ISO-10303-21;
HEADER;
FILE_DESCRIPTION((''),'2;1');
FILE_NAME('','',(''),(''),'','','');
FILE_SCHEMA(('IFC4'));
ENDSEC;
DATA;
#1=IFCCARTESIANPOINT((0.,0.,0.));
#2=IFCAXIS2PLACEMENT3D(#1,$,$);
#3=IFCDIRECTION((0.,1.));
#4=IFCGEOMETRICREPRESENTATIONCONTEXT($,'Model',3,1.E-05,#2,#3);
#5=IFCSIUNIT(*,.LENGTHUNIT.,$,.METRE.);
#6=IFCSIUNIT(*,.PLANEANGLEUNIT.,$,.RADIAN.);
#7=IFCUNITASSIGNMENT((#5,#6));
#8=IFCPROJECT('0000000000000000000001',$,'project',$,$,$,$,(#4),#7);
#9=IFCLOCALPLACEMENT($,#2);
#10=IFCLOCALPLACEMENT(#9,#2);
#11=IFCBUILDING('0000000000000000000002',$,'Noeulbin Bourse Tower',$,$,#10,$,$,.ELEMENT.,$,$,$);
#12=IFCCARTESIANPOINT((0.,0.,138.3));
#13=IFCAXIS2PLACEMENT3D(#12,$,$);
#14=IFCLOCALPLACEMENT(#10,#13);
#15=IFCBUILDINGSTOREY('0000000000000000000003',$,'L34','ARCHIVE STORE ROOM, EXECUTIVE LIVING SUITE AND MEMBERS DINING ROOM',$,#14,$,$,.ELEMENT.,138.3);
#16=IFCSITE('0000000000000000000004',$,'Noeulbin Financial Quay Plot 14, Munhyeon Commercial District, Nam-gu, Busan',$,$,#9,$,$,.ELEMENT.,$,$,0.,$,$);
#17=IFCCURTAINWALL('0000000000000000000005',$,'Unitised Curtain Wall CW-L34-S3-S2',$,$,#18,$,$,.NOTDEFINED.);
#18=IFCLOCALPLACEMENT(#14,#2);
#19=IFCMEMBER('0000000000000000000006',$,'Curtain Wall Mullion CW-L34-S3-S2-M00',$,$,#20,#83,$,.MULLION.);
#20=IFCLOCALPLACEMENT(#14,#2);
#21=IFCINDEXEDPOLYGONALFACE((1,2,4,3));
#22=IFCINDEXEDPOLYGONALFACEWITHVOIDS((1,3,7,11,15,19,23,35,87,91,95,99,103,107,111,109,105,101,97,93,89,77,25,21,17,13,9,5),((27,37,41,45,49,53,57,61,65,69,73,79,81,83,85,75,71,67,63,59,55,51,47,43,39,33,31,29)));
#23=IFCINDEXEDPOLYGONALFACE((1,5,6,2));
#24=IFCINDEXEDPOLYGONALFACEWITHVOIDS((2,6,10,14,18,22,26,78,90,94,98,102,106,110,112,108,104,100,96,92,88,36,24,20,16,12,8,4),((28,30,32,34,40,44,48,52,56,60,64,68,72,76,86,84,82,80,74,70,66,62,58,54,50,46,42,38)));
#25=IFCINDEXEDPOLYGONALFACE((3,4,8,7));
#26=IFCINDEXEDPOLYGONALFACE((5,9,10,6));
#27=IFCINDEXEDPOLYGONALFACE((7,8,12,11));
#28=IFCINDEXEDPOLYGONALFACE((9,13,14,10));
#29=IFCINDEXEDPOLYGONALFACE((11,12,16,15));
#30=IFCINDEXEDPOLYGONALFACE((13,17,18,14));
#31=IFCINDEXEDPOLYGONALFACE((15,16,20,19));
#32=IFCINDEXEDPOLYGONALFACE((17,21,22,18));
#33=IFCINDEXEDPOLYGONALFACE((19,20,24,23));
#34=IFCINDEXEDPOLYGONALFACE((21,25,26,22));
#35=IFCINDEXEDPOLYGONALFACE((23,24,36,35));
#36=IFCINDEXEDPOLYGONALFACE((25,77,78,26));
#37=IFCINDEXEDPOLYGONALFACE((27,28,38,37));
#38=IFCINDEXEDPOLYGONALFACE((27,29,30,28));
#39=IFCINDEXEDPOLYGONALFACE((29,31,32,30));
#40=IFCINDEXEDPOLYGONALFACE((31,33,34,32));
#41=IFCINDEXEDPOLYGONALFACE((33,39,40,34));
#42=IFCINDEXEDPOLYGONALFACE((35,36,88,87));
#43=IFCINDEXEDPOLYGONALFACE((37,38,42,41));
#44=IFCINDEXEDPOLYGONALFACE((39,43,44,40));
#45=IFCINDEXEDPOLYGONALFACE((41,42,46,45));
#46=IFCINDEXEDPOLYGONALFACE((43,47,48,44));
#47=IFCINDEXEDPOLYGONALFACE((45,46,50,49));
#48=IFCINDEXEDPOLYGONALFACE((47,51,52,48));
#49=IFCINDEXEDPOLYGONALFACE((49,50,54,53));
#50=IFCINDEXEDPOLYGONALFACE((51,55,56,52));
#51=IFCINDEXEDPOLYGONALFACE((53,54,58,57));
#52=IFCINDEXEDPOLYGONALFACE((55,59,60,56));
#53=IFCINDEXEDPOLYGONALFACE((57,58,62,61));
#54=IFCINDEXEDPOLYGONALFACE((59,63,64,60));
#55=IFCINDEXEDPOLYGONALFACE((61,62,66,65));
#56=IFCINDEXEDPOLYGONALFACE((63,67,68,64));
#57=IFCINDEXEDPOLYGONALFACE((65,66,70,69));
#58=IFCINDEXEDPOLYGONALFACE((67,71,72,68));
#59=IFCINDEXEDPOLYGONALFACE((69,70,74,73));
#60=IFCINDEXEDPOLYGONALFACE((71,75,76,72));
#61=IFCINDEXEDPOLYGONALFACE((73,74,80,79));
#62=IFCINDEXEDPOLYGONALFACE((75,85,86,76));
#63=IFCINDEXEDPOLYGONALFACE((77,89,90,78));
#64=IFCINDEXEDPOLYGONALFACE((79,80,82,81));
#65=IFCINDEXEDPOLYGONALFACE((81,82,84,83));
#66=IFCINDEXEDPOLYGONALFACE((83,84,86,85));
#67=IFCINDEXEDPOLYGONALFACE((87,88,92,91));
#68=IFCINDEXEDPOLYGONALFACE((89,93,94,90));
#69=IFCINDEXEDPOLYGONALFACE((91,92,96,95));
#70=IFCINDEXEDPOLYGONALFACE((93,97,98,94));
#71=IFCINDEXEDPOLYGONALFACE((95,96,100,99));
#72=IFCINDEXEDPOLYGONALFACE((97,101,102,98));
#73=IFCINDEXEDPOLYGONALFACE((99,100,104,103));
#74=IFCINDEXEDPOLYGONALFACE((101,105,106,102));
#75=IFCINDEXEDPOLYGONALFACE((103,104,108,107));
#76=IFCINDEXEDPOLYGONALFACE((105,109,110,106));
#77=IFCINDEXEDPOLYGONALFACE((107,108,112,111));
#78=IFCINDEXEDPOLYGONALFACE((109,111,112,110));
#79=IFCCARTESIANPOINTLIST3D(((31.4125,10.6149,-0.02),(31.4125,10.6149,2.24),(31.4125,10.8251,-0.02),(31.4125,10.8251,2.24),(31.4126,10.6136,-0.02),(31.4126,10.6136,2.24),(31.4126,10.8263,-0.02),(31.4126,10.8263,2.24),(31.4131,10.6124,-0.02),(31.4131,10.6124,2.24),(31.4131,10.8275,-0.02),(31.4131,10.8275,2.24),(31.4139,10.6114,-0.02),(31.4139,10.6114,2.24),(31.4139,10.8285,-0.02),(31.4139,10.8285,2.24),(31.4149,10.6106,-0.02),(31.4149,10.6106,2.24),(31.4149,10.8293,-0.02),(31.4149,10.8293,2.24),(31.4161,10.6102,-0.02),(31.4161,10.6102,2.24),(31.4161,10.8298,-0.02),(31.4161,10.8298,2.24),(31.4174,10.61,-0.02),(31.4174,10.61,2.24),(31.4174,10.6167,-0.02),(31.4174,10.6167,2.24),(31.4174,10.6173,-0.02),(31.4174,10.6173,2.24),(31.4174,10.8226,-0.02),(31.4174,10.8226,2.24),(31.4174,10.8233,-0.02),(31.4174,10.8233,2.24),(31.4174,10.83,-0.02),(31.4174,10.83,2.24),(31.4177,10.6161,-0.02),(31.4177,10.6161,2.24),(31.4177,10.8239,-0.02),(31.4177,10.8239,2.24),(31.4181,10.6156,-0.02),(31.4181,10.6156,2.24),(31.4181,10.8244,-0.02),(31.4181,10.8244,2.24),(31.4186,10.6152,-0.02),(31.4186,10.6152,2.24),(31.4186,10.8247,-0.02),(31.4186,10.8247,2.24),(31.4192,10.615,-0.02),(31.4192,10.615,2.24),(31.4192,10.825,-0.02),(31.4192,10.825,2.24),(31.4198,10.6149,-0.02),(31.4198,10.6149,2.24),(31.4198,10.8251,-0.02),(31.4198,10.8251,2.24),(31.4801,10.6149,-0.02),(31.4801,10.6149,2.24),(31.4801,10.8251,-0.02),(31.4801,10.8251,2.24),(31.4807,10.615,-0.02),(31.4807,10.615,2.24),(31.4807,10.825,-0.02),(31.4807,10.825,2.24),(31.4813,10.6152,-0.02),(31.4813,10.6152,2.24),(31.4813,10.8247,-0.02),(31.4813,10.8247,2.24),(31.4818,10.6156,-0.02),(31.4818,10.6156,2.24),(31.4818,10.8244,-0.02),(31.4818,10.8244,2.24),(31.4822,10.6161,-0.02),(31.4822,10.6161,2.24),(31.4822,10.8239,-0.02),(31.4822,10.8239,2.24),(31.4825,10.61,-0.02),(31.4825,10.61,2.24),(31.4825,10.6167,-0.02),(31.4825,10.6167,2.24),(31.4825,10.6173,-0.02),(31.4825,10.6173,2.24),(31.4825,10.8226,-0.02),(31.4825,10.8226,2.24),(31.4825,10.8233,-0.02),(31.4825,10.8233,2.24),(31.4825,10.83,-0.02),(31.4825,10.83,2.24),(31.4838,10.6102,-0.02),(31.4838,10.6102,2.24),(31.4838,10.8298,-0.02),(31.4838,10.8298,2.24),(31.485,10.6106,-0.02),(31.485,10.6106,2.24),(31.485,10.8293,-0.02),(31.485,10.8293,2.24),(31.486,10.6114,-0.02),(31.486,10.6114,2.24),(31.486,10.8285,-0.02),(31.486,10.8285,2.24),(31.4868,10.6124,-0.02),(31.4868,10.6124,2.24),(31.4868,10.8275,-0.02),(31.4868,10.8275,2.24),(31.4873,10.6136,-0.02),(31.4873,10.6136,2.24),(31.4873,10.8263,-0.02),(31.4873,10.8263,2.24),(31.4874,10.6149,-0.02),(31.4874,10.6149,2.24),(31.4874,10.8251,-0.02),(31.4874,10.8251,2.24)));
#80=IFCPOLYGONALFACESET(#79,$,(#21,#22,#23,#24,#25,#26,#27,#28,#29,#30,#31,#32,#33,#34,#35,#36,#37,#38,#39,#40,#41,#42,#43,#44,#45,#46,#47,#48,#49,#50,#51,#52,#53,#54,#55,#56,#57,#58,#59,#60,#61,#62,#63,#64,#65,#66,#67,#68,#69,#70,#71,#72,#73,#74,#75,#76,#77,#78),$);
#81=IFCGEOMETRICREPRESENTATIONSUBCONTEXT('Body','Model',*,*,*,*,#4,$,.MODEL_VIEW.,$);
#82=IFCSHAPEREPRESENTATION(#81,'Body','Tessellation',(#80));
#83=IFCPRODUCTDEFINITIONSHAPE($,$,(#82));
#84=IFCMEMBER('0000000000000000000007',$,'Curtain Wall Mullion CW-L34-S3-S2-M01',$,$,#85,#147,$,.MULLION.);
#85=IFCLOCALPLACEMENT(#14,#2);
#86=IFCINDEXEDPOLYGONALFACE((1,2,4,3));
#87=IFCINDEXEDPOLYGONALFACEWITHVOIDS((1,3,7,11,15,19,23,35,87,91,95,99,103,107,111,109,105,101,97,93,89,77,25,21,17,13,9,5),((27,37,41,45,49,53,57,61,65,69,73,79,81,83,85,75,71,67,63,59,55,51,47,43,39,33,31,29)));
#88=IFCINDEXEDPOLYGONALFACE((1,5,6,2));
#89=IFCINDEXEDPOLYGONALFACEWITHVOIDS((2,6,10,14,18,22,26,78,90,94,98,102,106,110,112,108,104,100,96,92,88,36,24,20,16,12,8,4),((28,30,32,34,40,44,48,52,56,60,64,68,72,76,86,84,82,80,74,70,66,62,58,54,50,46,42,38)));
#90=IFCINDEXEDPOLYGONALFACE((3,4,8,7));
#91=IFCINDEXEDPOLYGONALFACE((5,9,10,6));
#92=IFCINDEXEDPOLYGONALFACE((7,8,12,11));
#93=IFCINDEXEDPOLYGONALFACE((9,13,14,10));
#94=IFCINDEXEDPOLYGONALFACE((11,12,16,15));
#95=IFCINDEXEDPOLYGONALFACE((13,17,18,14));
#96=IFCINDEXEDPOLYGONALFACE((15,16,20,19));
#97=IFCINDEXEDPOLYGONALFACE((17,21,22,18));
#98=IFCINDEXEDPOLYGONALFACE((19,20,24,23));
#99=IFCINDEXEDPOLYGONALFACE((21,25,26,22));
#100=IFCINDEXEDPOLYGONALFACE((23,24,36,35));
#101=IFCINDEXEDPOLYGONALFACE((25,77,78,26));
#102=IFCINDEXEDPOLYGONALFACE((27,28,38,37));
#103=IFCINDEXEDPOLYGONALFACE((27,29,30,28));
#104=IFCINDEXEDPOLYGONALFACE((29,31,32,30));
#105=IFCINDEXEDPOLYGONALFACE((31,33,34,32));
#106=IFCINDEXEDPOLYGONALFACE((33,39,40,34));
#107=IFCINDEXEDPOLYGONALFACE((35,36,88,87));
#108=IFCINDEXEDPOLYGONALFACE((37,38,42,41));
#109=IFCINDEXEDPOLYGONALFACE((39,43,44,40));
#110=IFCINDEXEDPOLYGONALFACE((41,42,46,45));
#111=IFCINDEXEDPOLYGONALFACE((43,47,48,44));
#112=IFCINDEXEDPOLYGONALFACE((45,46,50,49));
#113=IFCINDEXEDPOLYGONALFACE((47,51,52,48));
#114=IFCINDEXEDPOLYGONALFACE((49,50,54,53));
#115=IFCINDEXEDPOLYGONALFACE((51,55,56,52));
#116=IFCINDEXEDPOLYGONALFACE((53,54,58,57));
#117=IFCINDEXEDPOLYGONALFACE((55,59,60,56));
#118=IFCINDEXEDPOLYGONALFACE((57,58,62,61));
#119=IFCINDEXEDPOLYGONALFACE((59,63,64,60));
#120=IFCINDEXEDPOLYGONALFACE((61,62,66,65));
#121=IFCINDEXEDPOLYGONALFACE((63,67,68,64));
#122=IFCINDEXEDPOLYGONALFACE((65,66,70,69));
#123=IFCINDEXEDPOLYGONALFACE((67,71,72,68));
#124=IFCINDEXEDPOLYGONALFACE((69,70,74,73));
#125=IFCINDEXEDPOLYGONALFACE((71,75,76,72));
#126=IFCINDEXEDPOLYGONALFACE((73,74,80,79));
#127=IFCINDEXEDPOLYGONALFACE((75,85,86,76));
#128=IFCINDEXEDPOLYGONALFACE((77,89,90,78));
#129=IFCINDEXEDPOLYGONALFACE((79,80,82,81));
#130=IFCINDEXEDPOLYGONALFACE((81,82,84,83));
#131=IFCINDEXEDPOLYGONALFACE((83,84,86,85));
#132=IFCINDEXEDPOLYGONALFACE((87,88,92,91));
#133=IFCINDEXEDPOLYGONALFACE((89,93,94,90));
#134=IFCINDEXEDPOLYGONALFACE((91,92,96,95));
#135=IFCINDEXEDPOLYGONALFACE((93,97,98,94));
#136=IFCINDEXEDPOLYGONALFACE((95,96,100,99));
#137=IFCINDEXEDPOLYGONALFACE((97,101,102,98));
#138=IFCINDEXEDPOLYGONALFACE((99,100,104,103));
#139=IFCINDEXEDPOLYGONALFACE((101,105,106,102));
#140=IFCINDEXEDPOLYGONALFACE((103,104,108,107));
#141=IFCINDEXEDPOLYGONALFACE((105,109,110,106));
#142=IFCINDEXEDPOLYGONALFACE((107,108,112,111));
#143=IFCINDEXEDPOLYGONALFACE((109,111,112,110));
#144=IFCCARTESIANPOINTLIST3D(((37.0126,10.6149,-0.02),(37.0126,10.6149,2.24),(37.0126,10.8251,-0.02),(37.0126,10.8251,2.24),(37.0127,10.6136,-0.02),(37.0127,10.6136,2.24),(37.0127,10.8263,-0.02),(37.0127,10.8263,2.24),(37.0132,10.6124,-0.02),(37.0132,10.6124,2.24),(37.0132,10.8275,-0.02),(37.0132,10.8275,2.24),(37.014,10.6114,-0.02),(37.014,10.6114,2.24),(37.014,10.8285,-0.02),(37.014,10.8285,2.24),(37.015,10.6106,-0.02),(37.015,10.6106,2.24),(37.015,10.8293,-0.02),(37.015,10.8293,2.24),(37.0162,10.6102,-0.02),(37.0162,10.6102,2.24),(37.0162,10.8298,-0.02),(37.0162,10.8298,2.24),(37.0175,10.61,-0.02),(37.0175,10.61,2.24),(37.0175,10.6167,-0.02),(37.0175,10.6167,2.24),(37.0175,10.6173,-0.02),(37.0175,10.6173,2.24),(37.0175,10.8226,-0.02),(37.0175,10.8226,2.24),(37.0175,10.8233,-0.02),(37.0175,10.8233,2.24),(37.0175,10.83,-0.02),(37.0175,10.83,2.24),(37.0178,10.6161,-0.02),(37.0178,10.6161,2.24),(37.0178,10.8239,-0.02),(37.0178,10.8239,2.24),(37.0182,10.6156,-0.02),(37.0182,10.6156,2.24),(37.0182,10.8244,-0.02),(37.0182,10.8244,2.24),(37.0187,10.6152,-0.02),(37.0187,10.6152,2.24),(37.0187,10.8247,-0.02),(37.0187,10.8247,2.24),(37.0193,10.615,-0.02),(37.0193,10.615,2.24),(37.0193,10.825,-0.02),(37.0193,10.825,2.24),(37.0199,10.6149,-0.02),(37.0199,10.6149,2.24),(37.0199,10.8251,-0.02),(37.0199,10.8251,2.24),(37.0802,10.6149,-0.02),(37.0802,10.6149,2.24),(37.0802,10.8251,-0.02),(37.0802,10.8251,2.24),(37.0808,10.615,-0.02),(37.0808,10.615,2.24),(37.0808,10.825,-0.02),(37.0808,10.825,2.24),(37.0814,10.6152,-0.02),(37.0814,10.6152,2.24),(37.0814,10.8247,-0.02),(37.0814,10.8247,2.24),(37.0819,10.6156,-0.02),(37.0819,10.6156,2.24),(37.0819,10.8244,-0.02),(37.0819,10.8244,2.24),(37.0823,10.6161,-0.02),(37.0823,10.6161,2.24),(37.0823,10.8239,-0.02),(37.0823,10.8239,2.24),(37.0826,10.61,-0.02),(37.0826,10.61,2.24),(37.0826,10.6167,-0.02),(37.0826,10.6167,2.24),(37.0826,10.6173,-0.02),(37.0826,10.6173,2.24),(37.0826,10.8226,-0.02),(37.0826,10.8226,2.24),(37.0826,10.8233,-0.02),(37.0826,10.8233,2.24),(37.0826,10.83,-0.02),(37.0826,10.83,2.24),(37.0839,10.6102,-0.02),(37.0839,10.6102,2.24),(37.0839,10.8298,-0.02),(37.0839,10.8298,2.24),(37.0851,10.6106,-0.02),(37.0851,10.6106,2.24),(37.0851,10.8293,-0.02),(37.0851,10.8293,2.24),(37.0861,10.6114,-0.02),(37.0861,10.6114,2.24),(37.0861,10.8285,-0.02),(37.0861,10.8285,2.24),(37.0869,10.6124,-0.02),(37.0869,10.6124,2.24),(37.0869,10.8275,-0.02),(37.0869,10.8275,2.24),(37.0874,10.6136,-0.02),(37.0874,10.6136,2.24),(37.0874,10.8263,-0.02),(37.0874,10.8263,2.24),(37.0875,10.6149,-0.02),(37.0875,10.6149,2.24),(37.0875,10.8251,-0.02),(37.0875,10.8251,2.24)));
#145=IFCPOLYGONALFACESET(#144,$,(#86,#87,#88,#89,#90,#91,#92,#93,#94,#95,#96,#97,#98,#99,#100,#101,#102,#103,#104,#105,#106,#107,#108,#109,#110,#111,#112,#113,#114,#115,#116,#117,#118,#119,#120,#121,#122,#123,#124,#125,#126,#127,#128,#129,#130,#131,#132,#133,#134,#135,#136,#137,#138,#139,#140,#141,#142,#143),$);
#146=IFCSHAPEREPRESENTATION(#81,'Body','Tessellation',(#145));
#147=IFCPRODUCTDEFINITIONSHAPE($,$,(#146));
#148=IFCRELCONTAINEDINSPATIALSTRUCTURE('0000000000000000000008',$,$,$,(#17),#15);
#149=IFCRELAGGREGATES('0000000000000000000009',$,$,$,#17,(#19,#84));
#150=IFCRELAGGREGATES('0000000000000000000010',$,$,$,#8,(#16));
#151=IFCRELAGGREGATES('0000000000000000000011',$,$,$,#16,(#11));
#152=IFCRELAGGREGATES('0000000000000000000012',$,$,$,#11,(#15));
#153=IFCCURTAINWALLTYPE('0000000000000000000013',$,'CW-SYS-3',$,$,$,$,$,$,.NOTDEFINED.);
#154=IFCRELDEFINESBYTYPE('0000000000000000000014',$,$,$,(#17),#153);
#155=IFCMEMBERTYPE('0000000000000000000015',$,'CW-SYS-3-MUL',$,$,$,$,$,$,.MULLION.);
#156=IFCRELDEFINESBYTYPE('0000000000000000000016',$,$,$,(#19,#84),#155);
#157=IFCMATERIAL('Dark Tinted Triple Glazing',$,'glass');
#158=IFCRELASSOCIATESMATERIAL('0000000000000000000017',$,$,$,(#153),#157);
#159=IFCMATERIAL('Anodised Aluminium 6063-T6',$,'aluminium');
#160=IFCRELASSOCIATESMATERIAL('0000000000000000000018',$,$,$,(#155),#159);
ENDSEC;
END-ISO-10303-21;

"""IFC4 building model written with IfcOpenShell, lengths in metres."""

from ifc_helpers import new_model, si_unit, direction, frame, origin, origin_2d, place, context, subcontext, project, spatial, hollow_rectangle, extrude, material, material_profile, profile_set, type_object, element, aggregate, save


model = new_model("IFC4")

# Units and contexts
model_context = context("Model", 3, precision=1e-05, world=origin(), true_north=direction((0.0, 1.0)))
body_context = subcontext(model_context, "Body", "Model", "MODEL_VIEW")
ifc_project = project(units=[si_unit("LENGTHUNIT", "METRE"), si_unit("PLANEANGLEUNIT", "RADIAN")], contexts=[model_context])

# Site, building, storey
site_placement = place(None, origin())
site = spatial("IfcSite", under=ifc_project, at=site_placement, Name="Noeulbin Financial Quay Plot 14, Munhyeon Commercial District, Nam-gu, Busan", CompositionType="ELEMENT", RefElevation=0.0)
building_placement = place(site_placement, origin())
building = spatial("IfcBuilding", under=site, at=building_placement, Name="Noeulbin Bourse Tower", CompositionType="ELEMENT")
storey_placement = place(building_placement, frame((0.0, 0.0, 138.3)))
storey = spatial("IfcBuildingStorey", under=building, at=storey_placement, Name="L34", Description="ARCHIVE STORE ROOM, EXECUTIVE LIVING SUITE AND MEMBERS DINING ROOM", CompositionType="ELEMENT", Elevation=138.3)

# Curtain wall, members
ifc_material_1 = material(Name="Dark Tinted Triple Glazing", Category="glass")
curtain_wall_type = type_object("IfcCurtainWallType", Name="CW-SYS-3", PredefinedType="NOTDEFINED", material=ifc_material_1)
curtain_wall_placement = place(storey_placement, origin())
curtain_wall = element("IfcCurtainWall", 1, at=curtain_wall_placement, inside=storey, type_object=curtain_wall_type, Name="Unitised Curtain Wall CW-L34-S3-S2", PredefinedType="NOTDEFINED")
ifc_material_2 = material(Name="Anodised Aluminium 6063-T6", Category="aluminium")
ifc_material_profile_1 = material_profile(ifc_material_2, hollow_rectangle(XDim=0.075, YDim=0.22, WallThickness=0.0049, InnerFilletRadius=0.0024, OuterFilletRadius=0.0049, at=origin_2d()), Name="ALU-MULL-75x220x5", Category="LoadBearing")
ifc_profile_set_1 = profile_set([ifc_material_profile_1], Name="Anodised Aluminium 6063-T6")
member_type_1 = type_object("IfcMemberType", Name="CW-SYS-3-MUL", PredefinedType="MULLION", material=ifc_profile_set_1)
member_1_placement = place(storey_placement, frame((31.45, 10.72, -0.02), z_axis=(0.0, 0.0, 1.0), x_axis=(1.0, 0.0, 0.0)))
member_1 = element("IfcMember", 2, at=member_1_placement, type_object=member_type_1, Name="Curtain Wall Mullion CW-L34-S3-S2-M00", PredefinedType="MULLION", context=body_context, shape_type="SweptSolid", body=[
    extrude(hollow_rectangle(XDim=0.075, YDim=0.22, WallThickness=0.0049, InnerFilletRadius=0.0024, OuterFilletRadius=0.0049, at=origin_2d()), origin(), (0.0, 0.0, 1.0), 2.26),
])
member_2_placement = place(storey_placement, frame((37.05, 10.72, -0.02), z_axis=(0.0, 0.0, 1.0), x_axis=(1.0, 0.0, 0.0)))
member_2 = element("IfcMember", 3, at=member_2_placement, type_object=member_type_1, Name="Curtain Wall Mullion CW-L34-S3-S2-M01", PredefinedType="MULLION", context=body_context, shape_type="SweptSolid", body=[
    extrude(hollow_rectangle(XDim=0.075, YDim=0.22, WallThickness=0.0049, InnerFilletRadius=0.0024, OuterFilletRadius=0.0049, at=origin_2d()), origin(), (0.0, 0.0, 1.0), 2.26),
])
aggregate(curtain_wall, [member_1, member_2])

save(model, "model.ifc")
